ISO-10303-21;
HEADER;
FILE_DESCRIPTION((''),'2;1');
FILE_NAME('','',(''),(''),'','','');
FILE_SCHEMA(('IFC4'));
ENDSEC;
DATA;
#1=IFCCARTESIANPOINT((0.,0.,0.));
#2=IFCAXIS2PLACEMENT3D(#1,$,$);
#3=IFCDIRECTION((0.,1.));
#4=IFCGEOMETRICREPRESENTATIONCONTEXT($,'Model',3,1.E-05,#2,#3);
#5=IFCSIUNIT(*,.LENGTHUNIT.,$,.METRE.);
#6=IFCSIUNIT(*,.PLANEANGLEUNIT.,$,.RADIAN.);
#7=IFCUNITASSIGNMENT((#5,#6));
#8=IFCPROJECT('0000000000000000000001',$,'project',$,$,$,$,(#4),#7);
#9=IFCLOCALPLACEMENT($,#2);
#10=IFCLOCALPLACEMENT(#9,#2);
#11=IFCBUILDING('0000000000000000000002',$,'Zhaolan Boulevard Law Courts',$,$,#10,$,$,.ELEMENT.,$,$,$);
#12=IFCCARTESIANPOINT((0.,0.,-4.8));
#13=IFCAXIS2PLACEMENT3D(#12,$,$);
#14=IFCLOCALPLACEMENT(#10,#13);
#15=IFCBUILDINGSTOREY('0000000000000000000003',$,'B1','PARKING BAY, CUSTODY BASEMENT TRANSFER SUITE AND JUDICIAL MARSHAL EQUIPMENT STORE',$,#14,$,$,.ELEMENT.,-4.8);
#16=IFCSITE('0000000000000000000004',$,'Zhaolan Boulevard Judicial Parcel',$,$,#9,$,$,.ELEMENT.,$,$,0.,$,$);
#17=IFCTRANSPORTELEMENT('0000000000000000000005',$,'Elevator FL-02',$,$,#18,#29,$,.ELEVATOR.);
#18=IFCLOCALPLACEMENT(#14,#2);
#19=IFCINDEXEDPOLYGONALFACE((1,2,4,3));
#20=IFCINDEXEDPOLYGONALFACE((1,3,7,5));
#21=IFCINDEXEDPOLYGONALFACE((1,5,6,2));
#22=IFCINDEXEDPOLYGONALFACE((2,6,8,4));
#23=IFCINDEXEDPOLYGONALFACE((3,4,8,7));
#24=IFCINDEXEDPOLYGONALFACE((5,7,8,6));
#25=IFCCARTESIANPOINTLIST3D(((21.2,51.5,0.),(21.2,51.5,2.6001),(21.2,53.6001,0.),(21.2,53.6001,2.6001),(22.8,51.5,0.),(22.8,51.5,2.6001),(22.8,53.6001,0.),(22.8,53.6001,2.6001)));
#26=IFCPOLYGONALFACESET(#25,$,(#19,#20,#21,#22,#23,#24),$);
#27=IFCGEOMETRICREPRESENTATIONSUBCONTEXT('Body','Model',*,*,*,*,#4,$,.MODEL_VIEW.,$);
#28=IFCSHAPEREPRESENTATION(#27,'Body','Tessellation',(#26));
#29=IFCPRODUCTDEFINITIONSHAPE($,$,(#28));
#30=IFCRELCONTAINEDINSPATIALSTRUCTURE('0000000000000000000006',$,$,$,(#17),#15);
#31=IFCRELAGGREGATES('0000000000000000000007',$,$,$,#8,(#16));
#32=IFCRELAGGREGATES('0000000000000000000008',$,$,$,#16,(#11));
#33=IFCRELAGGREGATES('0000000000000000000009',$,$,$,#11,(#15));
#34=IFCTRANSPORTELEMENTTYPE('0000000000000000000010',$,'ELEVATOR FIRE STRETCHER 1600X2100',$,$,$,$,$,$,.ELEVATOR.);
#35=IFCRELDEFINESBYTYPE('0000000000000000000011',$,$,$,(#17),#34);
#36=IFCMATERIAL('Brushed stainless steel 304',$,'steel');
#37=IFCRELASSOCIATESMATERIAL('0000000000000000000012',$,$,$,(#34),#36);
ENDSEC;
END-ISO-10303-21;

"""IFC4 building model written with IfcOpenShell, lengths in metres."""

from ifc_helpers import new_model, si_unit, direction, frame, origin, origin_2d, place, context, subcontext, project, spatial, rectangle, extrude, material, type_object, element, save


model = new_model("IFC4")

# Units and contexts
model_context = context("Model", 3, precision=1e-05, world=origin(), true_north=direction((0.0, 1.0)))
body_context = subcontext(model_context, "Body", "Model", "MODEL_VIEW")
ifc_project = project(units=[si_unit("LENGTHUNIT", "METRE"), si_unit("PLANEANGLEUNIT", "RADIAN")], contexts=[model_context])

# Site, building, storey
site_placement = place(None, origin())
site = spatial("IfcSite", under=ifc_project, at=site_placement, Name="Zhaolan Boulevard Judicial Parcel", CompositionType="ELEMENT", RefElevation=0.0)
building_placement = place(site_placement, origin())
building = spatial("IfcBuilding", under=site, at=building_placement, Name="Zhaolan Boulevard Law Courts", CompositionType="ELEMENT")
storey_placement = place(building_placement, frame((0.0, 0.0, -4.8)))
storey = spatial("IfcBuildingStorey", under=building, at=storey_placement, Name="B1", Description="PARKING BAY, CUSTODY BASEMENT TRANSFER SUITE AND JUDICIAL MARSHAL EQUIPMENT STORE", CompositionType="ELEMENT", Elevation=-4.8)

# Transport element
ifc_material_1 = material(Name="Brushed stainless steel 304", Category="steel")
transport_element_type = type_object("IfcTransportElementType", Name="ELEVATOR FIRE STRETCHER 1600X2100", PredefinedType="ELEVATOR", material=ifc_material_1)
for number, where, z_axis, x_axis, name in (
    (1, (22.0, 52.55, 0.0), (0.0, 0.0, 1.0), (1.0, 0.0, 0.0), "Elevator FL-02"),
):
    element("IfcTransportElement", number, at=place(storey_placement, frame(where, z_axis=z_axis, x_axis=x_axis)), inside=storey, type_object=transport_element_type, Name=name, PredefinedType="ELEVATOR", context=body_context, shape_type="SweptSolid", body=[
        extrude(rectangle(XDim=1.6001, YDim=2.1001, at=origin_2d()), origin(), (0.0, 0.0, 1.0), 2.6001),
    ])

save(model, "model.ifc")
